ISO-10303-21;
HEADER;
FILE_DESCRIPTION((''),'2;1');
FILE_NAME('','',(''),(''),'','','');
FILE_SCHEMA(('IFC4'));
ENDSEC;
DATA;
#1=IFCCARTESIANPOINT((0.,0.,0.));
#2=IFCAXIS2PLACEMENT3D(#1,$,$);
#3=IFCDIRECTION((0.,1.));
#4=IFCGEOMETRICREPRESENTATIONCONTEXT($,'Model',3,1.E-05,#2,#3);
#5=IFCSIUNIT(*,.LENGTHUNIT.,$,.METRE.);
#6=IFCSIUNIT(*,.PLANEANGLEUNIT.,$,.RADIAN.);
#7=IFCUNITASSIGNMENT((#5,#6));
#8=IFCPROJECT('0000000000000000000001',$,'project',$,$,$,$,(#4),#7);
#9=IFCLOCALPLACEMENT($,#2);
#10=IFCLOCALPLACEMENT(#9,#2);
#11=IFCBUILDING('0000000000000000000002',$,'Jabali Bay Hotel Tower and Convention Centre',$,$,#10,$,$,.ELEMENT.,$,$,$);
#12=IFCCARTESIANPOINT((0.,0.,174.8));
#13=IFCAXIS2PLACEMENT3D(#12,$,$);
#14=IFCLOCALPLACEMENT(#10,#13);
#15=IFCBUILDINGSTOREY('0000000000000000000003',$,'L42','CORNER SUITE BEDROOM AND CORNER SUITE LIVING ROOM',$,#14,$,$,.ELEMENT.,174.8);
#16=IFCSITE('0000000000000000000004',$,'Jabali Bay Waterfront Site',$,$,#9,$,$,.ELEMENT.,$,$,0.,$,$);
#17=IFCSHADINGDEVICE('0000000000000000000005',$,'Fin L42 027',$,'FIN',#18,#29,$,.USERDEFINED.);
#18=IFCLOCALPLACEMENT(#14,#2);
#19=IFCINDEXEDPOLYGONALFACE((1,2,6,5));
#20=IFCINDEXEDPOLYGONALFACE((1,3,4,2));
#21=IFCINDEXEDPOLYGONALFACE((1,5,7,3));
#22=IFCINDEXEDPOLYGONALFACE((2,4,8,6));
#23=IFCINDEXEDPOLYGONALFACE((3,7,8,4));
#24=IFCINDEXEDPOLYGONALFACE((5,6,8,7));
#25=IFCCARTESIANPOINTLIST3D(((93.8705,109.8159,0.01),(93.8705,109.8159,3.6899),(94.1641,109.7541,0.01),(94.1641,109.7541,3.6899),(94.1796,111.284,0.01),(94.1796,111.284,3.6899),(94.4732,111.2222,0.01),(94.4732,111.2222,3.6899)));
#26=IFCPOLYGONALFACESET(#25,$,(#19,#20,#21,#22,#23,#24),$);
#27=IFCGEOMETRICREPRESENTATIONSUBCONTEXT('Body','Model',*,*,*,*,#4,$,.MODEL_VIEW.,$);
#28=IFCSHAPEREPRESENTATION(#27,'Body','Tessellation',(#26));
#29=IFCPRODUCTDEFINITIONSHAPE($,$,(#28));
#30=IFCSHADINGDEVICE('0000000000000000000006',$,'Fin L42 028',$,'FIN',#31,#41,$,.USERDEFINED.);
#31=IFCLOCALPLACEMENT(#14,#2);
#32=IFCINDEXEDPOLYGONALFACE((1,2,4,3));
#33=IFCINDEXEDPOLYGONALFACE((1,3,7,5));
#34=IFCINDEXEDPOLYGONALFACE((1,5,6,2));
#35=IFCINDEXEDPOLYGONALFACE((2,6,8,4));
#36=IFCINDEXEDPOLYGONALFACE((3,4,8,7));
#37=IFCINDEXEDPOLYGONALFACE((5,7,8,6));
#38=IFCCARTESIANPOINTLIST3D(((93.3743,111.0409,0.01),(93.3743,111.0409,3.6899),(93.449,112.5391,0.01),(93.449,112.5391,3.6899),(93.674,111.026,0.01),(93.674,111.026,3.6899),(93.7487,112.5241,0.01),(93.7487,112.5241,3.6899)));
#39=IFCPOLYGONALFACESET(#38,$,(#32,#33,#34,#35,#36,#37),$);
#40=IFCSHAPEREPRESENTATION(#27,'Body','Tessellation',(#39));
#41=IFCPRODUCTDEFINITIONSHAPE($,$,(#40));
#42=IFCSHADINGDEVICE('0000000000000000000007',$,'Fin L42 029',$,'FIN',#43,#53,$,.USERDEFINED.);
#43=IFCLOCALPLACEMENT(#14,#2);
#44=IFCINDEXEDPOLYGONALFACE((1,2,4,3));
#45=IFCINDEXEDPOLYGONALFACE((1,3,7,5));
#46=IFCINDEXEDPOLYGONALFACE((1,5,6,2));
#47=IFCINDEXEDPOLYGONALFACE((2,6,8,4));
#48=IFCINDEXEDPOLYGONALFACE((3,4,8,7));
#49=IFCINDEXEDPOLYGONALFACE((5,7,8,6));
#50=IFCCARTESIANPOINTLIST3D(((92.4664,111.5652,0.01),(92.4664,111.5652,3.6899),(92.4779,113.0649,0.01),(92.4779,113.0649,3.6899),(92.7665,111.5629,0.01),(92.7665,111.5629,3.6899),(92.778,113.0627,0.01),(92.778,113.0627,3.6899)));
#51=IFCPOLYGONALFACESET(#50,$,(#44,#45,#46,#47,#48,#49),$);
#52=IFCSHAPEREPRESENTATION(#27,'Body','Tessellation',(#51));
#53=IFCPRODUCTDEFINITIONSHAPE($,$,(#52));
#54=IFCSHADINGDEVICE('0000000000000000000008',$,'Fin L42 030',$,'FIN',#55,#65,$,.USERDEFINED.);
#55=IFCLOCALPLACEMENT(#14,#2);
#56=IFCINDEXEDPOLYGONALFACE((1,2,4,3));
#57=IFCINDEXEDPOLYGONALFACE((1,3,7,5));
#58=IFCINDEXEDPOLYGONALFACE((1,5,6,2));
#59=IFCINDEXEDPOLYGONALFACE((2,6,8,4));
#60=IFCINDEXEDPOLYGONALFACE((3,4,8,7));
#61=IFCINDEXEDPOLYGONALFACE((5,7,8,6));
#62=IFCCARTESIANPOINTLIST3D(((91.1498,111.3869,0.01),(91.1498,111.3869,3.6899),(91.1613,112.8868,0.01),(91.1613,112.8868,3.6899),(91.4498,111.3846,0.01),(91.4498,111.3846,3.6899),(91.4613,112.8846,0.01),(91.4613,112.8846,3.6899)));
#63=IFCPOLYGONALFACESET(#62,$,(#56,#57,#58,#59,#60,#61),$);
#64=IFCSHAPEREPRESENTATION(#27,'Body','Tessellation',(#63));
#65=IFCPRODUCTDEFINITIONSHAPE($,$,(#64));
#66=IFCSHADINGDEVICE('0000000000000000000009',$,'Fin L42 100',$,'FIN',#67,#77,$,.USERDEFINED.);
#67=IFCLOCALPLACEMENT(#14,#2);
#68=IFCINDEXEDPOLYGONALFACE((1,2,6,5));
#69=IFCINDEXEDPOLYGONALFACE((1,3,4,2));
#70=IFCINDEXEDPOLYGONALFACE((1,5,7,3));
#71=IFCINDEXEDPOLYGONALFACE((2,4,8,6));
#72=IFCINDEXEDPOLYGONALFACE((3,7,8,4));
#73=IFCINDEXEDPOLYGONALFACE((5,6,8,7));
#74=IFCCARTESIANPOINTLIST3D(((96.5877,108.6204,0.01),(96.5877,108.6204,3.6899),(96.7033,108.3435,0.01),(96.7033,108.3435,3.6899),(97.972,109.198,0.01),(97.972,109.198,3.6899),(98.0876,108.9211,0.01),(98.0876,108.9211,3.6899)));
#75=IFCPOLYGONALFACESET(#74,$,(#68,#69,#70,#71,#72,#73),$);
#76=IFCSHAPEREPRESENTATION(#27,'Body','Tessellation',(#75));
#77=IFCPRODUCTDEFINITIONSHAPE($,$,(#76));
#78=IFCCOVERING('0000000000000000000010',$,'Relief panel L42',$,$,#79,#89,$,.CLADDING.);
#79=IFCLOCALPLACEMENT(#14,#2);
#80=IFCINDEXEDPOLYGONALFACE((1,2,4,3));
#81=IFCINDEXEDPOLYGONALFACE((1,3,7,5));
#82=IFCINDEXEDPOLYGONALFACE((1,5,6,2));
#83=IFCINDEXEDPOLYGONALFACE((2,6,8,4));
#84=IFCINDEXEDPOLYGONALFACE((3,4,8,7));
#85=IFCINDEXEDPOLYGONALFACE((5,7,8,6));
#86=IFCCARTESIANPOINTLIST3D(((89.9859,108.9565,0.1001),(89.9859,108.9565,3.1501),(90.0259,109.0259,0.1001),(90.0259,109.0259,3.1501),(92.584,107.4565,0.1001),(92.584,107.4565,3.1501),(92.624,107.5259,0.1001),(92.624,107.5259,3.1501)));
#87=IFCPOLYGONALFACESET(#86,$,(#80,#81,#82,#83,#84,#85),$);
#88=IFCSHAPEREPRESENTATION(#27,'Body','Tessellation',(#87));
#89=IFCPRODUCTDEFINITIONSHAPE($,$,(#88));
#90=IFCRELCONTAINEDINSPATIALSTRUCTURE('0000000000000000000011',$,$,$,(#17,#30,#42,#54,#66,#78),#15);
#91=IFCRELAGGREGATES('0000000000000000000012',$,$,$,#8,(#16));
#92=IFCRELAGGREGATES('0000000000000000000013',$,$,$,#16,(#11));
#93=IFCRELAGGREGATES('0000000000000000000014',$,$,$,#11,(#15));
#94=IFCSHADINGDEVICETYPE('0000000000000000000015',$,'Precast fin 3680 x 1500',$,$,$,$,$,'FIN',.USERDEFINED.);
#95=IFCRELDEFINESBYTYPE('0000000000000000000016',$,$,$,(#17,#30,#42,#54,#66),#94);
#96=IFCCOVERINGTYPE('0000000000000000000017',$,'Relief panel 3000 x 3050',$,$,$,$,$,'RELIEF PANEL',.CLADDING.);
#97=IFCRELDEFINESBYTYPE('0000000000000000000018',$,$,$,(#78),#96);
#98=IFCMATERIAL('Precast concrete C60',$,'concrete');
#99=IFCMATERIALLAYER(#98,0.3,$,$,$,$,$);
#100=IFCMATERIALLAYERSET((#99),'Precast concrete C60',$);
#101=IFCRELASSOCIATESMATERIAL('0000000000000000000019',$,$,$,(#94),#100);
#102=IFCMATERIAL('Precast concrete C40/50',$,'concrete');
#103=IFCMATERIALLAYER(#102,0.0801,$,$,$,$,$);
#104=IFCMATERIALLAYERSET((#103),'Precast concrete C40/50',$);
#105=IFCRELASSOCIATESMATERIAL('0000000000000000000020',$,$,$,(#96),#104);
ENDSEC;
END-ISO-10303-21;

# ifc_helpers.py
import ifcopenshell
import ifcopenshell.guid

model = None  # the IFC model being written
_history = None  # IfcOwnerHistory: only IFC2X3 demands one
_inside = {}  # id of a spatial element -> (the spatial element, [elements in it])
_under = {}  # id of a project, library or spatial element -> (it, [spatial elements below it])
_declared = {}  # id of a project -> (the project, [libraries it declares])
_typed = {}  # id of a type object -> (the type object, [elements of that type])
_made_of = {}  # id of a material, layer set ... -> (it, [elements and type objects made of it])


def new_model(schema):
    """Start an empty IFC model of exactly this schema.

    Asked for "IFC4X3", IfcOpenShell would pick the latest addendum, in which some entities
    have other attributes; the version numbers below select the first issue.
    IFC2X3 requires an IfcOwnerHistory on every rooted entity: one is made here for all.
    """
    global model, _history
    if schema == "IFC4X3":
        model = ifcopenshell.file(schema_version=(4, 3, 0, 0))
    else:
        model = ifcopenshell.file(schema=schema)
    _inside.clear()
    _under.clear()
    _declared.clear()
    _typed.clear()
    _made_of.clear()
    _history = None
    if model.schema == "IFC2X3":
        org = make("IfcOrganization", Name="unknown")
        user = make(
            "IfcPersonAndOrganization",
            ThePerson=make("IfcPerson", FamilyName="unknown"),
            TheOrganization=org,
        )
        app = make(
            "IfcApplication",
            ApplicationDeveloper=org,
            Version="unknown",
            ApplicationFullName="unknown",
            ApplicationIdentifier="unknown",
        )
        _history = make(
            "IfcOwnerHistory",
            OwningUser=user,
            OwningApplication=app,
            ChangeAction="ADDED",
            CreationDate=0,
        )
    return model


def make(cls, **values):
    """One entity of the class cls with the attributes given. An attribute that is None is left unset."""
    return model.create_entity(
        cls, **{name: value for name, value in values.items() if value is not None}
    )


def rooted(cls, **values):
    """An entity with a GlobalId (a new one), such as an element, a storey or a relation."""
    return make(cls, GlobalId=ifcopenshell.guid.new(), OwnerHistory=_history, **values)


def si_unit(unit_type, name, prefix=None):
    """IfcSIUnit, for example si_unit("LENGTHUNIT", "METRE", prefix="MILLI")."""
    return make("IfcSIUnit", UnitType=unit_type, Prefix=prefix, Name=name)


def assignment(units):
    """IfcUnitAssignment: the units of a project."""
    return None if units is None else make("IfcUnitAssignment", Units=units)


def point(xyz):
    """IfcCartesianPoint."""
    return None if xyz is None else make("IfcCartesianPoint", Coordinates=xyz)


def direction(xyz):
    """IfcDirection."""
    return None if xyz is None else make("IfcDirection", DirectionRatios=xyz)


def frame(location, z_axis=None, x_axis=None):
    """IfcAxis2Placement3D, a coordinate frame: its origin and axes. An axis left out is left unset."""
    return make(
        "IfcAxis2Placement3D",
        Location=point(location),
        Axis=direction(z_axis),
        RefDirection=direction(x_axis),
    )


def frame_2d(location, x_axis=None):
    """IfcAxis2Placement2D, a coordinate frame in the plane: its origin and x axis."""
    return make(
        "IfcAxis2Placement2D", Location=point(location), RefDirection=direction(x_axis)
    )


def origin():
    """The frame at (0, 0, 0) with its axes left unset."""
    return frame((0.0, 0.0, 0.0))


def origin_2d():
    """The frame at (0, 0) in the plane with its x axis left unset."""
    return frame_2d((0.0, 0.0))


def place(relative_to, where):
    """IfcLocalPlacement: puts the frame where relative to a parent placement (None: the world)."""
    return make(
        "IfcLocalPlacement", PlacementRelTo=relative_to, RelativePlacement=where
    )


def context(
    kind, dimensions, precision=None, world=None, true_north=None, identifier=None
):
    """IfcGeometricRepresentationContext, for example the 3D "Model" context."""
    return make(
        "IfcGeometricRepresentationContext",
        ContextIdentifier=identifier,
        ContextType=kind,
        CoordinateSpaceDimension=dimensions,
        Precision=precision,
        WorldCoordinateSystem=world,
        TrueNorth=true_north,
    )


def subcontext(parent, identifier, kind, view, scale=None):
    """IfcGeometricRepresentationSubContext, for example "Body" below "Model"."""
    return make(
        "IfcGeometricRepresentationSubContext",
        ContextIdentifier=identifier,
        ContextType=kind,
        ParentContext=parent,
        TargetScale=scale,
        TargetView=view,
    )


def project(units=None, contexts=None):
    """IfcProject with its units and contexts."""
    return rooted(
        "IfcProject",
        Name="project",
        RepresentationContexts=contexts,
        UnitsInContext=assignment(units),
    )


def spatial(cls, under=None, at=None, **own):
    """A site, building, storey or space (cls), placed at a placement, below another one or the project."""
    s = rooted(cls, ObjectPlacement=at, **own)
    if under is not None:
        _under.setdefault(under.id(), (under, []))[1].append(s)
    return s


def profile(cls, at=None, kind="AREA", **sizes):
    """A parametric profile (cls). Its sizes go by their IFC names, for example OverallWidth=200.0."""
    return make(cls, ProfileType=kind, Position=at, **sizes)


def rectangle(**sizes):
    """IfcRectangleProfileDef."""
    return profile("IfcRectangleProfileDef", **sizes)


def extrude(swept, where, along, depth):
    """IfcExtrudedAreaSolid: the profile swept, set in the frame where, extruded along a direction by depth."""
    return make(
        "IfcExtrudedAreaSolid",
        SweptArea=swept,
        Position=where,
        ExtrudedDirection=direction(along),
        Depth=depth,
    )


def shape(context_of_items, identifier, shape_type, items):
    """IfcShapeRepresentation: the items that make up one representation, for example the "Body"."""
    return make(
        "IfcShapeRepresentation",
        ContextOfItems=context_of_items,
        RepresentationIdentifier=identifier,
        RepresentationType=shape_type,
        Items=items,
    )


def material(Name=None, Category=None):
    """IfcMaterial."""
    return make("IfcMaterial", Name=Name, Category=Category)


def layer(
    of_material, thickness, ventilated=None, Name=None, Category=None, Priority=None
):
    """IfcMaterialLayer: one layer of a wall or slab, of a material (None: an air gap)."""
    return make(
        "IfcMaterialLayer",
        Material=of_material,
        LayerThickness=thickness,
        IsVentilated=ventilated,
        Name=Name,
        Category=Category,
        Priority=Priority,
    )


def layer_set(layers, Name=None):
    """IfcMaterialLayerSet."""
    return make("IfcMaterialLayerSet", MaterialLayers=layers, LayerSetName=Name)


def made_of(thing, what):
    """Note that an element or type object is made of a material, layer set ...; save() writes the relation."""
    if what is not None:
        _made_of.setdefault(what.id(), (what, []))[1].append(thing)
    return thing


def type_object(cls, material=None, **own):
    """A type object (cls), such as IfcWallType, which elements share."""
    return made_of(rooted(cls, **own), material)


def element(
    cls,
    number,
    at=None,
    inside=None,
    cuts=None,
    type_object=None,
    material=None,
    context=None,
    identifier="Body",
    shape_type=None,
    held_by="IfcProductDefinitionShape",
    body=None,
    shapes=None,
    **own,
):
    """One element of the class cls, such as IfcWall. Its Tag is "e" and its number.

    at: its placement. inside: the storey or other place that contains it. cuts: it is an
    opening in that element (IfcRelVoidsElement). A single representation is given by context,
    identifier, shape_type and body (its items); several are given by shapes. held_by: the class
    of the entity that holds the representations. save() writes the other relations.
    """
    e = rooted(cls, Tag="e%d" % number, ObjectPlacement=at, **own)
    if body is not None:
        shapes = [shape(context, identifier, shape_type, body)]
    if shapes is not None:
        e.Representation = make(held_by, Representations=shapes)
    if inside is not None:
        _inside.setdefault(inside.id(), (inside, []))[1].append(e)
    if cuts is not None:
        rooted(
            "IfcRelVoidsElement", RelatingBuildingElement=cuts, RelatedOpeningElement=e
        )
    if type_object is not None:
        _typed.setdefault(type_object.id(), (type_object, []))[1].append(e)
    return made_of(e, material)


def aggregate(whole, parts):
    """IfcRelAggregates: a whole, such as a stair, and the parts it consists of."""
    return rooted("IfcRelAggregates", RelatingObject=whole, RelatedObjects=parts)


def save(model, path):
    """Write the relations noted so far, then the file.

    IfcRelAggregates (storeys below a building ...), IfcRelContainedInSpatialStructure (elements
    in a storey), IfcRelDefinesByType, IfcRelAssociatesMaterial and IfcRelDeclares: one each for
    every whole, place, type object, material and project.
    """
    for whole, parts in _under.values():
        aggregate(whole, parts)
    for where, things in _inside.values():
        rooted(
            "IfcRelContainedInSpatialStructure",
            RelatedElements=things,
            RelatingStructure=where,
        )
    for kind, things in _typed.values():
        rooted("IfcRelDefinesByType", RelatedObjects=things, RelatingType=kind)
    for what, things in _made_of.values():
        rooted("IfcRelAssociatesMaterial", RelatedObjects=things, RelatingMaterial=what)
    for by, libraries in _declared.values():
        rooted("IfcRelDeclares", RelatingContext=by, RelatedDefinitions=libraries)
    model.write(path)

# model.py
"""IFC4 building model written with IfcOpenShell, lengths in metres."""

from ifc_helpers import new_model, si_unit, direction, frame, frame_2d, origin, origin_2d, place, context, subcontext, project, spatial, rectangle, extrude, material, layer, layer_set, type_object, element, save


model = new_model("IFC4")

# Units and contexts
model_context = context("Model", 3, precision=1e-05, world=origin(), true_north=direction((0.0, 1.0)))
body_context = subcontext(model_context, "Body", "Model", "MODEL_VIEW")
ifc_project = project(units=[si_unit("LENGTHUNIT", "METRE"), si_unit("PLANEANGLEUNIT", "RADIAN")], contexts=[model_context])

# Site, building, storey
site_placement = place(None, origin())
site = spatial("IfcSite", under=ifc_project, at=site_placement, Name="Jabali Bay Waterfront Site", CompositionType="ELEMENT", RefElevation=0.0)
building_placement = place(site_placement, origin())
building = spatial("IfcBuilding", under=site, at=building_placement, Name="Jabali Bay Hotel Tower and Convention Centre", CompositionType="ELEMENT")
storey_placement = place(building_placement, frame((0.0, 0.0, 174.8)))
storey = spatial("IfcBuildingStorey", under=building, at=storey_placement, Name="L42", Description="CORNER SUITE BEDROOM AND CORNER SUITE LIVING ROOM", CompositionType="ELEMENT", Elevation=174.8)

# Shading devices
ifc_material_1 = material(Name="Precast concrete C60", Category="concrete")
ifc_layer_1 = layer(ifc_material_1, 0.3)
ifc_layer_set_1 = layer_set([ifc_layer_1], Name="Precast concrete C60")
shading_device_type = type_object("IfcShadingDeviceType", Name="Precast fin 3680 x 1500", ElementType="FIN", PredefinedType="USERDEFINED", material=ifc_layer_set_1)
shading_device_1_placement = place(storey_placement, frame((94.0173, 109.7852, 0.01), z_axis=(0.0, 0.0, 1.0), x_axis=(0.206027, 0.978546, 0.0)))
element("IfcShadingDevice", 1, at=shading_device_1_placement, inside=storey, type_object=shading_device_type, Name="Fin L42 027", ObjectType="FIN", PredefinedType="USERDEFINED", context=body_context, shape_type="SweptSolid", body=[
    extrude(rectangle(XDim=1.5002, YDim=0.3, at=frame_2d((0.75, 0.0))), origin(), (0.0, 0.0, 1.0), 3.6799),
])
shading_device_2_placement = place(storey_placement, frame((93.5242, 111.0334, 0.01), z_axis=(0.0, 0.0, 1.0), x_axis=(0.049808, 0.998759, 0.0)))
element("IfcShadingDevice", 2, at=shading_device_2_placement, inside=storey, type_object=shading_device_type, Name="Fin L42 028", ObjectType="FIN", PredefinedType="USERDEFINED", context=body_context, shape_type="SweptSolid", body=[
    extrude(rectangle(XDim=1.5, YDim=0.3, at=frame_2d((0.75, 0.0))), origin(), (0.0, 0.0, 1.0), 3.6799),
])
shading_device_3_placement = place(storey_placement, frame((92.6165, 111.564, 0.01), z_axis=(0.0, 0.0, 1.0), x_axis=(0.007651, 0.999971, 0.0)))
element("IfcShadingDevice", 3, at=shading_device_3_placement, inside=storey, type_object=shading_device_type, Name="Fin L42 029", ObjectType="FIN", PredefinedType="USERDEFINED", context=body_context, shape_type="SweptSolid", body=[
    extrude(rectangle(XDim=1.4998, YDim=0.3, at=frame_2d((0.75, 0.0))), origin(), (0.0, 0.0, 1.0), 3.6799),
])
for number, where, z_axis, x_axis, name in (
    (4, (91.2998, 111.3857, 0.01), (0.0, 0.0, 1.0), (0.00765, 0.999971, 0.0), "Fin L42 030"),
    (5, (96.6455, 108.4819, 0.01), (0.0, 0.0, 1.0), (0.922875, 0.385101, 0.0), "Fin L42 100"),
):
    element("IfcShadingDevice", number, at=place(storey_placement, frame(where, z_axis=z_axis, x_axis=x_axis)), inside=storey, type_object=shading_device_type, Name=name, ObjectType="FIN", PredefinedType="USERDEFINED", context=body_context, shape_type="SweptSolid", body=[
        extrude(rectangle(XDim=1.5, YDim=0.3, at=frame_2d((0.75, 0.0))), origin(), (0.0, 0.0, 1.0), 3.6799),
    ])

# Covering
ifc_material_2 = material(Name="Precast concrete C40/50", Category="concrete")
ifc_layer_2 = layer(ifc_material_2, 0.0801)
ifc_layer_set_2 = layer_set([ifc_layer_2], Name="Precast concrete C40/50")
covering_type = type_object("IfcCoveringType", Name="Relief panel 3000 x 3050", ElementType="RELIEF PANEL", PredefinedType="CLADDING", material=ifc_layer_set_2)
covering_placement = place(storey_placement, frame((91.3049, 108.2412, 0.1001), z_axis=(0.0, 0.0, 1.0), x_axis=(0.866025, -0.5, 0.0)))
element("IfcCovering", 6, at=covering_placement, inside=storey, type_object=covering_type, Name="Relief panel L42", PredefinedType="CLADDING", context=body_context, shape_type="SweptSolid", body=[
    extrude(rectangle(XDim=3.0, YDim=0.0801, at=origin_2d()), origin(), (0.0, 0.0, 1.0), 3.05),
])

save(model, "model.ifc")
